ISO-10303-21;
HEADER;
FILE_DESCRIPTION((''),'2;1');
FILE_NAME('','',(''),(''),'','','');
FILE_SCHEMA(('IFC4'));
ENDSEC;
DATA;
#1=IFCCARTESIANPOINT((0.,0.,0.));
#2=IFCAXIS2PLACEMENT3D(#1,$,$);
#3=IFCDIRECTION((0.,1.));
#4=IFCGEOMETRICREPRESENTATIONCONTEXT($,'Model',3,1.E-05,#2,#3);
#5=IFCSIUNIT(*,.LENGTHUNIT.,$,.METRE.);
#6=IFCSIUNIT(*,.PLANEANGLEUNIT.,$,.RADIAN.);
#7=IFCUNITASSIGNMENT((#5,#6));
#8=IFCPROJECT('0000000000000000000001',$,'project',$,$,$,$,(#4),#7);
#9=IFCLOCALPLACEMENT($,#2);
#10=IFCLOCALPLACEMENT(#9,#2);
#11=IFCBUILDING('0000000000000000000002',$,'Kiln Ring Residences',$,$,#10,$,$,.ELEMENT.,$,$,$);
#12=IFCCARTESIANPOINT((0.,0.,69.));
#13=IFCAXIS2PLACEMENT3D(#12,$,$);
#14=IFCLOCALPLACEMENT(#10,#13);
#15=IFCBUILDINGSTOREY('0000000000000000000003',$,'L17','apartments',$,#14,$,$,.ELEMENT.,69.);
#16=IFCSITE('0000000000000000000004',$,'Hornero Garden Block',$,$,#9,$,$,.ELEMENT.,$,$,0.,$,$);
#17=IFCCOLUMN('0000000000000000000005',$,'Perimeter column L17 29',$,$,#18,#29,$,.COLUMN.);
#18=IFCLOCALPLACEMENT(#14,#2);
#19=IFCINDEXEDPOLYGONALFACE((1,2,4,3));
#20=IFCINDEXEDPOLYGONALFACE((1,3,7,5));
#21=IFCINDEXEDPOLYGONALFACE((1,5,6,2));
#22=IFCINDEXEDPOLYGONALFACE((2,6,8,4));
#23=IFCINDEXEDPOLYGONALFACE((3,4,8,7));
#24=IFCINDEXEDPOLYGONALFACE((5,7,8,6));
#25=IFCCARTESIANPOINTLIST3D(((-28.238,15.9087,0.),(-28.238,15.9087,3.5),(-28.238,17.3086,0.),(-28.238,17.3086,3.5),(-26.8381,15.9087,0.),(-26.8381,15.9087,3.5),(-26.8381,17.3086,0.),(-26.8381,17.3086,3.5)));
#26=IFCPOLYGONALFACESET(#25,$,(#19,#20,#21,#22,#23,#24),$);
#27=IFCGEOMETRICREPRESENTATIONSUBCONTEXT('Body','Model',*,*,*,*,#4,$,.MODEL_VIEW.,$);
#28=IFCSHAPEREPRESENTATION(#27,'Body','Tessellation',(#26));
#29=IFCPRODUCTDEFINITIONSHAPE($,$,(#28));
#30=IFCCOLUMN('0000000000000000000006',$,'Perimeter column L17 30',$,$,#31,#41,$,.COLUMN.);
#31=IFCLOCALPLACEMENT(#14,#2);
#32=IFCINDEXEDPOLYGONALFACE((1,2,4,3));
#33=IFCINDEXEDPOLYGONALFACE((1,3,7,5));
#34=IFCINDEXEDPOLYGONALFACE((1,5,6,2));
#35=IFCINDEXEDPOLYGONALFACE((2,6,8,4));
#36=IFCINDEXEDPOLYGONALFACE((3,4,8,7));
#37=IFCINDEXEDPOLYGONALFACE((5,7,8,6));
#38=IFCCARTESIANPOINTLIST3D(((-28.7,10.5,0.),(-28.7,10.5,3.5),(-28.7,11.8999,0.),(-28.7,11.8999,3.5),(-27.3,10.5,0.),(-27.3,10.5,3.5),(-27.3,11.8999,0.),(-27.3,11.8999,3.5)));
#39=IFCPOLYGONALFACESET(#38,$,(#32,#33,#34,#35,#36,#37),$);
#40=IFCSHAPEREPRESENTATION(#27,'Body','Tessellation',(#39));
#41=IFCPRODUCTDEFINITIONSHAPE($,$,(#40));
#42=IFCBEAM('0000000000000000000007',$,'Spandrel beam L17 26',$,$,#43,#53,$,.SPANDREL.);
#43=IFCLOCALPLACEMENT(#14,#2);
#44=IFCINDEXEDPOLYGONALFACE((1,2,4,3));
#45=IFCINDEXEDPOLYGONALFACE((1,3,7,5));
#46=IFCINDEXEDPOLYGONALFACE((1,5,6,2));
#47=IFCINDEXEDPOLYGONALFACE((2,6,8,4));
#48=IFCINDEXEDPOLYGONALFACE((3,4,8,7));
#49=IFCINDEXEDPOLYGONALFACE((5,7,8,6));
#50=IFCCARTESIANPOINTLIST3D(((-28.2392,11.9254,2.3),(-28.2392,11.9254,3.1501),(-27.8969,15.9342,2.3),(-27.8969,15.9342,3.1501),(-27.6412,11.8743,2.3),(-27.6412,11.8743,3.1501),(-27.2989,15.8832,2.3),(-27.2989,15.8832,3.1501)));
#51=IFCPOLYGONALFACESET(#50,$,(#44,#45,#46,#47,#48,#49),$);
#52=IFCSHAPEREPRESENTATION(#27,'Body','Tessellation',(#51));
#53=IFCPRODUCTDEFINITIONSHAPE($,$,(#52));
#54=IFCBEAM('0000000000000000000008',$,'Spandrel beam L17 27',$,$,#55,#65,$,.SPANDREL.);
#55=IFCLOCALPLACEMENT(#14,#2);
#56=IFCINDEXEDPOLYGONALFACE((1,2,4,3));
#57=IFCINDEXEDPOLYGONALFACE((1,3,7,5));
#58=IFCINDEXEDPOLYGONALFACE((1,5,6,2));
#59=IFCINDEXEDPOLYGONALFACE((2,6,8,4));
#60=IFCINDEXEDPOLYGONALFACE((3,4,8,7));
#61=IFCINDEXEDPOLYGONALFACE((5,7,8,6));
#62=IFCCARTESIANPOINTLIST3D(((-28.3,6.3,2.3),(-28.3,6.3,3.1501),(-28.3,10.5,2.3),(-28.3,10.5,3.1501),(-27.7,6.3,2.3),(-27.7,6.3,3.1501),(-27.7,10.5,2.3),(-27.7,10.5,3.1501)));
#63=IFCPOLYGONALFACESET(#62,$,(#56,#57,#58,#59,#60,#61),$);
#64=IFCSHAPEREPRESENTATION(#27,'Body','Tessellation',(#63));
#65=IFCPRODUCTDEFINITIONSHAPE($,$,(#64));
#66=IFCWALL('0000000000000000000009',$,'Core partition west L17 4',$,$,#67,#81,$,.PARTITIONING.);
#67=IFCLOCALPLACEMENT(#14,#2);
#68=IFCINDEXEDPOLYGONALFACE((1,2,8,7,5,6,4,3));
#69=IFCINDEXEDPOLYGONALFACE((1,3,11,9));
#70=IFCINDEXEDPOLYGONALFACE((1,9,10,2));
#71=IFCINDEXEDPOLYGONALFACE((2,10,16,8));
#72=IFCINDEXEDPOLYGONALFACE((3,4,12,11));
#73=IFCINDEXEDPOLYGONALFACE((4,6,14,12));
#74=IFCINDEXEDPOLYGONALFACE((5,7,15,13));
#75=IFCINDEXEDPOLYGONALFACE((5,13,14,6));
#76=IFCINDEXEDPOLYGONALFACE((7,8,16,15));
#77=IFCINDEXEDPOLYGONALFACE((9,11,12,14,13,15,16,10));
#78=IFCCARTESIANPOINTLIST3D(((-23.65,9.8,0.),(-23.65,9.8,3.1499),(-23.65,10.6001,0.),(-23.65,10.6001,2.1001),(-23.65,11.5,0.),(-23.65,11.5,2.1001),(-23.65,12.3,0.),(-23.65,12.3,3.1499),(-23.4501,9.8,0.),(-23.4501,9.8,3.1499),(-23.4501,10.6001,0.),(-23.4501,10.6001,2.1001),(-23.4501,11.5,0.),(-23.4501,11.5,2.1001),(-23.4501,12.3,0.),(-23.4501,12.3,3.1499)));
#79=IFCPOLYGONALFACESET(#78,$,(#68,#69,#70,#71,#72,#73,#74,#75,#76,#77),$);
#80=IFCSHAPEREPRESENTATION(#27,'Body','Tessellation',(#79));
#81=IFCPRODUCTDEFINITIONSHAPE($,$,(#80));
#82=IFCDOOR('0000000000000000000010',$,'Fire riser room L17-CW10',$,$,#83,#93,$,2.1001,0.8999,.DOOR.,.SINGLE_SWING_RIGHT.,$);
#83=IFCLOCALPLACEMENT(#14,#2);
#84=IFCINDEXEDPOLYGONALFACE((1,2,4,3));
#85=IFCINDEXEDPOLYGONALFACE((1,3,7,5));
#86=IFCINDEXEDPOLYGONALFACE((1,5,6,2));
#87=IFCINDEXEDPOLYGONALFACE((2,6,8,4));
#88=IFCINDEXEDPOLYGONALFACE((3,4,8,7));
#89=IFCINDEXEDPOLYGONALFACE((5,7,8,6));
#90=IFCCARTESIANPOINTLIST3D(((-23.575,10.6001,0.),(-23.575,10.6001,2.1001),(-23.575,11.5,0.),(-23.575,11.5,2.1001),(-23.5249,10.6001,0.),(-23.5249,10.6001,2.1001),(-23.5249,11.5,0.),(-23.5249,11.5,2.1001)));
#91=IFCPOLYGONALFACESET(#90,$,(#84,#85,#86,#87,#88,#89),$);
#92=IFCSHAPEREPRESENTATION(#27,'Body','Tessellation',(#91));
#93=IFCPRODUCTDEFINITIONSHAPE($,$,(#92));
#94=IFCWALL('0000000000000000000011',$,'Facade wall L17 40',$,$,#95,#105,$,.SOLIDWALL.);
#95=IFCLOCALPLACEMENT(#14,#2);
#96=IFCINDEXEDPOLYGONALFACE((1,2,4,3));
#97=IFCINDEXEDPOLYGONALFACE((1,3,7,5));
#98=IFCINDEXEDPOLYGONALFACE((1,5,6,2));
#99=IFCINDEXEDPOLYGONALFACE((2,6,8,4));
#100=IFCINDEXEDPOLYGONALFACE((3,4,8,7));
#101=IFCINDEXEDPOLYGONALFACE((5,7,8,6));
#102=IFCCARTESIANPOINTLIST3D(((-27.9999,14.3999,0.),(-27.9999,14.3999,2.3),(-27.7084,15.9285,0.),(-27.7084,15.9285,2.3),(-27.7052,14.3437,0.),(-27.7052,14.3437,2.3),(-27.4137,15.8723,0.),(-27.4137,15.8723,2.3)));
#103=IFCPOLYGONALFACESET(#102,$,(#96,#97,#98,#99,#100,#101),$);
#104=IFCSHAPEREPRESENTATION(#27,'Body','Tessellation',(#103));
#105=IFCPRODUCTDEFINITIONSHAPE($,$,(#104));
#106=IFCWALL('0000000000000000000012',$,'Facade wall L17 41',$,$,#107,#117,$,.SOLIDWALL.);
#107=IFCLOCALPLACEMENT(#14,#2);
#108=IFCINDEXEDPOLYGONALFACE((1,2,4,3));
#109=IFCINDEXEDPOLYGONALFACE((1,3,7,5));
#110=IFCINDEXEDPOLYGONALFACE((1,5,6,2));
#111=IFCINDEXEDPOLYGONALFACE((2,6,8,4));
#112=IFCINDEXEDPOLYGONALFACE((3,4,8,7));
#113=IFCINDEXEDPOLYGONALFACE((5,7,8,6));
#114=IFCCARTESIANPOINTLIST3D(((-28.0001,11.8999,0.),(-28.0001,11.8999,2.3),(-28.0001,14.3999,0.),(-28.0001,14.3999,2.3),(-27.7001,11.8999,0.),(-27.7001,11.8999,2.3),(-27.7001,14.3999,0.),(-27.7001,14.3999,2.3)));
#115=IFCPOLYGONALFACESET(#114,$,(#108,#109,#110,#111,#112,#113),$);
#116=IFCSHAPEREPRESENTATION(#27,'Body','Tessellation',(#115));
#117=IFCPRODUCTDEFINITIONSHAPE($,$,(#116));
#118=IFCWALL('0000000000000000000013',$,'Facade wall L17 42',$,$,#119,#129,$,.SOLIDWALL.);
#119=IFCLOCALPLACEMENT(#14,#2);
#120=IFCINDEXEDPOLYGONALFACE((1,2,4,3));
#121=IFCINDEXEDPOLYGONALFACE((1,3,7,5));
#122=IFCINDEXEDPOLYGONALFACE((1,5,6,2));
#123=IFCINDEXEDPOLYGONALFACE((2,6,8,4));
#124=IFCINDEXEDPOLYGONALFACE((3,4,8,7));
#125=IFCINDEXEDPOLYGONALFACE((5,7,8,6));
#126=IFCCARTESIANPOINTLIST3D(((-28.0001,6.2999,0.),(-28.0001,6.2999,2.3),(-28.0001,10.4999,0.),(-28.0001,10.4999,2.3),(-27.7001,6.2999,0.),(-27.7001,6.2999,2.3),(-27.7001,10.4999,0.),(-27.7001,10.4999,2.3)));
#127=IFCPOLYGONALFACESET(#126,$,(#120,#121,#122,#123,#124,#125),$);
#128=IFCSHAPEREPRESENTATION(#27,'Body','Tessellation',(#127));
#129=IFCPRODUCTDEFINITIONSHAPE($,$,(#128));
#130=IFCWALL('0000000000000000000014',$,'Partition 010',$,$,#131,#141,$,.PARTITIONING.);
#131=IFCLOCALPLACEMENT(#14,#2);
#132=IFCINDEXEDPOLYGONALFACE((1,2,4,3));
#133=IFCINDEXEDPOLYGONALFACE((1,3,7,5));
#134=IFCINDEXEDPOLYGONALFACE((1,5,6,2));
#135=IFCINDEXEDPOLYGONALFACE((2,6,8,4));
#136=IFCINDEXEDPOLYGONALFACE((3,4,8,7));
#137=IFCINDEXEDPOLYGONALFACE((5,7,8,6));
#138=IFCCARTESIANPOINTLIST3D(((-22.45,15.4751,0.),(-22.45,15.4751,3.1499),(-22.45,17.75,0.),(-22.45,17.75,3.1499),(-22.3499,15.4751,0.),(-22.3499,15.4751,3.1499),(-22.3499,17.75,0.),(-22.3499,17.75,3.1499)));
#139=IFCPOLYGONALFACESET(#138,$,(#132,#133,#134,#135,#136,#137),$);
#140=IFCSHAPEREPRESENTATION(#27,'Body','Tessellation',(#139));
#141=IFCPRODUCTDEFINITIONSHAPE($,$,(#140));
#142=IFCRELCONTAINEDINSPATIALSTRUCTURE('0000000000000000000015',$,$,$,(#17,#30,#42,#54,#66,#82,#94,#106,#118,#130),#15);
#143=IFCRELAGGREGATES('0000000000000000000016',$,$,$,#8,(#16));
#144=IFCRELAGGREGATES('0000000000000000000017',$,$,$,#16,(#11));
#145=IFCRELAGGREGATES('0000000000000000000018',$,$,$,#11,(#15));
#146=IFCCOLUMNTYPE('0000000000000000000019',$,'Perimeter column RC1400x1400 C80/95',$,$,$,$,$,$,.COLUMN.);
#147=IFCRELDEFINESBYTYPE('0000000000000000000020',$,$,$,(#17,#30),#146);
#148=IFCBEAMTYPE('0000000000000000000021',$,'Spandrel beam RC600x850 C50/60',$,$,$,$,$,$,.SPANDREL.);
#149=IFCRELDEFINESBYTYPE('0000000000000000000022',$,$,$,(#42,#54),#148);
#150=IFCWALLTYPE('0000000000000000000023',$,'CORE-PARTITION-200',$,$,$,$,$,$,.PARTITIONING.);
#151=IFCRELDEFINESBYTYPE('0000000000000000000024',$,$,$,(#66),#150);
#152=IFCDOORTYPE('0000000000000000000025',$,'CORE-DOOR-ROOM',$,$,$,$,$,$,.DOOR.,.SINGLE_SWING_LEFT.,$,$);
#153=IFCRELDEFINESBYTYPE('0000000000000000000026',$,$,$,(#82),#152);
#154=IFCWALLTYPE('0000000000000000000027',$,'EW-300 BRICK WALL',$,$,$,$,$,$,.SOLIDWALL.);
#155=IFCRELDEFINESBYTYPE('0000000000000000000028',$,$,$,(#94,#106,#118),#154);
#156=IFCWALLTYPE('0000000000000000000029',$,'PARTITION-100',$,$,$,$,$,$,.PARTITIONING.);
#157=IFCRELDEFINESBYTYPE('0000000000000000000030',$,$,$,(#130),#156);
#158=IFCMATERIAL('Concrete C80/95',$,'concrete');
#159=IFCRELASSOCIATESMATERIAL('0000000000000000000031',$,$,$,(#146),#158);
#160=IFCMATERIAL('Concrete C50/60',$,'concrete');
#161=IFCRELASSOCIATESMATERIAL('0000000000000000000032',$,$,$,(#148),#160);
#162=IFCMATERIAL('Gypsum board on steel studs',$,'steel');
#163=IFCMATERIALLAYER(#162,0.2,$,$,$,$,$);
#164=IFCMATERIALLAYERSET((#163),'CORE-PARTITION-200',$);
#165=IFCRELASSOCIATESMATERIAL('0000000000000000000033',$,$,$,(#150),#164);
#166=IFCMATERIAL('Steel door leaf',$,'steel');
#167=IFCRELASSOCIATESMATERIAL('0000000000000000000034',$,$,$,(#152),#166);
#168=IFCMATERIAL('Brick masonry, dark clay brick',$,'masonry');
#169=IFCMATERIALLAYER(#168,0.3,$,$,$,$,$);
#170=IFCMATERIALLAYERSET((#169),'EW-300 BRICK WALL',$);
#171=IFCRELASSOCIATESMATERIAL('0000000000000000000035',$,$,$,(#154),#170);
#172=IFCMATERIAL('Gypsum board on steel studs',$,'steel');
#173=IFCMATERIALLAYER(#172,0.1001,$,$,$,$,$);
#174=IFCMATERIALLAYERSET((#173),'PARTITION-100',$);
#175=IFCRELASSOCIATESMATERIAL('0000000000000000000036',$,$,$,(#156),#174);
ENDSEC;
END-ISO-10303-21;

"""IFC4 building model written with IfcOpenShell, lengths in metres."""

from ifc_helpers import new_model, si_unit, direction, frame, frame_2d, origin, origin_2d, place, context, subcontext, project, spatial, rectangle, extrude, material, layer, layer_set, material_profile, profile_set, type_object, element, fill, save


model = new_model("IFC4")

# Units and contexts
model_context = context("Model", 3, precision=1e-05, world=origin(), true_north=direction((0.0, 1.0)))
body_context = subcontext(model_context, "Body", "Model", "MODEL_VIEW")
ifc_project = project(units=[si_unit("LENGTHUNIT", "METRE"), si_unit("PLANEANGLEUNIT", "RADIAN")], contexts=[model_context])

# Site, building, storey
site_placement = place(None, origin())
site = spatial("IfcSite", under=ifc_project, at=site_placement, Name="Hornero Garden Block", CompositionType="ELEMENT", RefElevation=0.0)
building_placement = place(site_placement, origin())
building = spatial("IfcBuilding", under=site, at=building_placement, Name="Kiln Ring Residences", CompositionType="ELEMENT")
storey_placement = place(building_placement, frame((0.0, 0.0, 69.0)))
storey = spatial("IfcBuildingStorey", under=building, at=storey_placement, Name="L17", Description="apartments", CompositionType="ELEMENT", Elevation=69.0)

# Columns
ifc_material_1 = material(Name="Concrete C80/95", Category="concrete")
ifc_material_profile_1 = material_profile(ifc_material_1, rectangle(XDim=1.3999, YDim=1.3999, at=origin_2d()), Name="RC1400x1400")
ifc_profile_set_1 = profile_set([ifc_material_profile_1], Name="Concrete C80/95")
column_type = type_object("IfcColumnType", Name="Perimeter column RC1400x1400 C80/95", PredefinedType="COLUMN", material=ifc_profile_set_1)
for number, where, z_axis, x_axis, name in (
    (1, (-27.5381, 16.6086, 0.0), (0.0, 0.0, 1.0), (1.0, 0.0, 0.0), "Perimeter column L17 29"),
    (2, (-28.0, 11.2, 0.0), (0.0, 0.0, 1.0), (1.0, 0.0, 0.0), "Perimeter column L17 30"),
):
    element("IfcColumn", number, at=place(storey_placement, frame(where, z_axis=z_axis, x_axis=x_axis)), inside=storey, type_object=column_type, Name=name, PredefinedType="COLUMN", context=body_context, shape_type="SweptSolid", body=[
        extrude(rectangle(XDim=1.3999, YDim=1.3999, at=origin_2d()), origin(), (0.0, 0.0, 1.0), 3.5),
    ])

# Beams
ifc_material_2 = material(Name="Concrete C50/60", Category="concrete")
ifc_material_profile_2 = material_profile(ifc_material_2, rectangle(XDim=0.6001, YDim=0.8501, at=origin_2d()), Name="RC600x850")
ifc_profile_set_2 = profile_set([ifc_material_profile_2], Name="Concrete C50/60")
beam_type = type_object("IfcBeamType", Name="Spandrel beam RC600x850 C50/60", PredefinedType="SPANDREL", material=ifc_profile_set_2)
beam_1_placement = place(storey_placement, frame((-27.5979, 15.9087, 2.7251), z_axis=(-0.085074, -0.996375, 0.0), x_axis=(0.996375, -0.085074, 0.0)))
element("IfcBeam", 3, at=beam_1_placement, inside=storey, type_object=beam_type, Name="Spandrel beam L17 26", PredefinedType="SPANDREL", context=body_context, shape_type="SweptSolid", body=[
    extrude(rectangle(XDim=0.6001, YDim=0.8501, at=origin_2d()), origin(), (0.0, 0.0, 1.0), 4.0234),
])
beam_2_placement = place(storey_placement, frame((-28.0, 10.5, 2.7251), z_axis=(0.0, -1.0, 0.0), x_axis=(1.0, 0.0, 0.0)))
element("IfcBeam", 4, at=beam_2_placement, inside=storey, type_object=beam_type, Name="Spandrel beam L17 27", PredefinedType="SPANDREL", context=body_context, shape_type="SweptSolid", body=[
    extrude(rectangle(XDim=0.6001, YDim=0.8501, at=origin_2d()), origin(), (0.0, 0.0, 1.0), 4.2),
])

# Wall, opening, door
ifc_material_3 = material(Name="Gypsum board on steel studs", Category="steel")
ifc_layer_1 = layer(ifc_material_3, 0.2)
ifc_layer_set_1 = layer_set([ifc_layer_1], Name="CORE-PARTITION-200")
wall_type_1 = type_object("IfcWallType", Name="CORE-PARTITION-200", PredefinedType="PARTITIONING", material=ifc_layer_set_1)
wall_1_placement = place(storey_placement, frame((-23.55, 9.8, 0.0), z_axis=(0.0, 0.0, 1.0), x_axis=(0.0, 1.0, 0.0)))
wall_1 = element("IfcWall", 5, at=wall_1_placement, inside=storey, type_object=wall_type_1, Name="Core partition west L17 4", PredefinedType="PARTITIONING", context=body_context, shape_type="SweptSolid", body=[
    extrude(rectangle(XDim=2.5, YDim=0.2, at=frame_2d((1.25, 0.0))), origin(), (0.0, 0.0, 1.0), 3.1499),
])
opening_1_placement = place(wall_1_placement, frame((0.8, 0.0, 0.0)))
opening_1 = element("IfcOpeningElement", 6, at=opening_1_placement, cuts=wall_1, PredefinedType="OPENING", context=body_context, shape_type="SweptSolid", body=[
    extrude(rectangle(XDim=0.8999, YDim=2.1001, at=frame_2d((0.45, 1.05))), frame((0.0, 0.1099, 0.0), z_axis=(0.0, -1.0, 0.0), x_axis=(1.0, 0.0, 0.0)), (0.0, 0.0, 1.0), 0.22),
])
ifc_material_4 = material(Name="Steel door leaf", Category="steel")
door_type_1 = type_object("IfcDoorType", Name="CORE-DOOR-ROOM", OperationType="SINGLE_SWING_LEFT", PredefinedType="DOOR", material=ifc_material_4)
door_1_placement = place(opening_1_placement, origin())
door_1 = element("IfcDoor", 7, at=door_1_placement, inside=storey, type_object=door_type_1, Name="Fire riser room L17-CW10", OperationType="SINGLE_SWING_RIGHT", OverallHeight=2.1001, OverallWidth=0.8999, PredefinedType="DOOR", context=body_context, shape_type="SweptSolid", body=[
    extrude(rectangle(XDim=0.8999, YDim=2.1001, at=frame_2d((0.45, 1.05))), frame((0.0, 0.0249, 0.0), z_axis=(0.0, -1.0, 0.0), x_axis=(1.0, 0.0, 0.0)), (0.0, 0.0, 1.0), 0.05),
])
fill(opening_1, door_1)

# Walls
ifc_material_5 = material(Name="Brick masonry, dark clay brick", Category="masonry")
ifc_layer_2 = layer(ifc_material_5, 0.3)
ifc_layer_set_2 = layer_set([ifc_layer_2], Name="EW-300 BRICK WALL")
wall_type_2 = type_object("IfcWallType", Name="EW-300 BRICK WALL", PredefinedType="SOLIDWALL", material=ifc_layer_set_2)
wall_2_placement = place(storey_placement, frame((-27.561, 15.9004, 0.0), z_axis=(0.0, 0.0, 1.0), x_axis=(-0.187328, -0.982297, 0.0)))
element("IfcWall", 8, at=wall_2_placement, inside=storey, type_object=wall_type_2, Name="Facade wall L17 40", PredefinedType="SOLIDWALL", context=body_context, shape_type="SweptSolid", body=[
    extrude(rectangle(XDim=1.5562, YDim=0.3, at=frame_2d((0.7781, 0.0))), origin(), (0.0, 0.0, 1.0), 2.3),
])
wall_3_placement = place(storey_placement, frame((-27.8501, 14.3999, 0.0), z_axis=(0.0, 0.0, 1.0), x_axis=(0.0, -1.0, 0.0)))
element("IfcWall", 9, at=wall_3_placement, inside=storey, type_object=wall_type_2, Name="Facade wall L17 41", PredefinedType="SOLIDWALL", context=body_context, shape_type="SweptSolid", body=[
    extrude(rectangle(XDim=2.5, YDim=0.3, at=frame_2d((1.25, 0.0))), origin(), (0.0, 0.0, 1.0), 2.3),
])
wall_4_placement = place(storey_placement, frame((-27.8501, 10.5, 0.0), z_axis=(0.0, 0.0, 1.0), x_axis=(0.0, -1.0, 0.0)))
element("IfcWall", 10, at=wall_4_placement, inside=storey, type_object=wall_type_2, Name="Facade wall L17 42", PredefinedType="SOLIDWALL", context=body_context, shape_type="SweptSolid", body=[
    extrude(rectangle(XDim=4.2, YDim=0.3, at=frame_2d((2.1001, 0.0))), origin(), (0.0, 0.0, 1.0), 2.3),
])
ifc_material_6 = material(Name="Gypsum board on steel studs", Category="steel")
ifc_layer_3 = layer(ifc_material_6, 0.1001)
ifc_layer_set_3 = layer_set([ifc_layer_3], Name="PARTITION-100")
wall_type_3 = type_object("IfcWallType", Name="PARTITION-100", PredefinedType="PARTITIONING", material=ifc_layer_set_3)
wall_5_placement = place(storey_placement, frame((-22.3999, 15.4751, 0.0), z_axis=(0.0, 0.0, 1.0), x_axis=(0.0, 1.0, 0.0)))
element("IfcWall", 11, at=wall_5_placement, inside=storey, type_object=wall_type_3, Name="Partition 010", PredefinedType="PARTITIONING", context=body_context, shape_type="SweptSolid", body=[
    extrude(rectangle(XDim=2.2749, YDim=0.1001, at=frame_2d((1.1375, 0.0))), origin(), (0.0, 0.0, 1.0), 3.1499),
])

save(model, "model.ifc")
